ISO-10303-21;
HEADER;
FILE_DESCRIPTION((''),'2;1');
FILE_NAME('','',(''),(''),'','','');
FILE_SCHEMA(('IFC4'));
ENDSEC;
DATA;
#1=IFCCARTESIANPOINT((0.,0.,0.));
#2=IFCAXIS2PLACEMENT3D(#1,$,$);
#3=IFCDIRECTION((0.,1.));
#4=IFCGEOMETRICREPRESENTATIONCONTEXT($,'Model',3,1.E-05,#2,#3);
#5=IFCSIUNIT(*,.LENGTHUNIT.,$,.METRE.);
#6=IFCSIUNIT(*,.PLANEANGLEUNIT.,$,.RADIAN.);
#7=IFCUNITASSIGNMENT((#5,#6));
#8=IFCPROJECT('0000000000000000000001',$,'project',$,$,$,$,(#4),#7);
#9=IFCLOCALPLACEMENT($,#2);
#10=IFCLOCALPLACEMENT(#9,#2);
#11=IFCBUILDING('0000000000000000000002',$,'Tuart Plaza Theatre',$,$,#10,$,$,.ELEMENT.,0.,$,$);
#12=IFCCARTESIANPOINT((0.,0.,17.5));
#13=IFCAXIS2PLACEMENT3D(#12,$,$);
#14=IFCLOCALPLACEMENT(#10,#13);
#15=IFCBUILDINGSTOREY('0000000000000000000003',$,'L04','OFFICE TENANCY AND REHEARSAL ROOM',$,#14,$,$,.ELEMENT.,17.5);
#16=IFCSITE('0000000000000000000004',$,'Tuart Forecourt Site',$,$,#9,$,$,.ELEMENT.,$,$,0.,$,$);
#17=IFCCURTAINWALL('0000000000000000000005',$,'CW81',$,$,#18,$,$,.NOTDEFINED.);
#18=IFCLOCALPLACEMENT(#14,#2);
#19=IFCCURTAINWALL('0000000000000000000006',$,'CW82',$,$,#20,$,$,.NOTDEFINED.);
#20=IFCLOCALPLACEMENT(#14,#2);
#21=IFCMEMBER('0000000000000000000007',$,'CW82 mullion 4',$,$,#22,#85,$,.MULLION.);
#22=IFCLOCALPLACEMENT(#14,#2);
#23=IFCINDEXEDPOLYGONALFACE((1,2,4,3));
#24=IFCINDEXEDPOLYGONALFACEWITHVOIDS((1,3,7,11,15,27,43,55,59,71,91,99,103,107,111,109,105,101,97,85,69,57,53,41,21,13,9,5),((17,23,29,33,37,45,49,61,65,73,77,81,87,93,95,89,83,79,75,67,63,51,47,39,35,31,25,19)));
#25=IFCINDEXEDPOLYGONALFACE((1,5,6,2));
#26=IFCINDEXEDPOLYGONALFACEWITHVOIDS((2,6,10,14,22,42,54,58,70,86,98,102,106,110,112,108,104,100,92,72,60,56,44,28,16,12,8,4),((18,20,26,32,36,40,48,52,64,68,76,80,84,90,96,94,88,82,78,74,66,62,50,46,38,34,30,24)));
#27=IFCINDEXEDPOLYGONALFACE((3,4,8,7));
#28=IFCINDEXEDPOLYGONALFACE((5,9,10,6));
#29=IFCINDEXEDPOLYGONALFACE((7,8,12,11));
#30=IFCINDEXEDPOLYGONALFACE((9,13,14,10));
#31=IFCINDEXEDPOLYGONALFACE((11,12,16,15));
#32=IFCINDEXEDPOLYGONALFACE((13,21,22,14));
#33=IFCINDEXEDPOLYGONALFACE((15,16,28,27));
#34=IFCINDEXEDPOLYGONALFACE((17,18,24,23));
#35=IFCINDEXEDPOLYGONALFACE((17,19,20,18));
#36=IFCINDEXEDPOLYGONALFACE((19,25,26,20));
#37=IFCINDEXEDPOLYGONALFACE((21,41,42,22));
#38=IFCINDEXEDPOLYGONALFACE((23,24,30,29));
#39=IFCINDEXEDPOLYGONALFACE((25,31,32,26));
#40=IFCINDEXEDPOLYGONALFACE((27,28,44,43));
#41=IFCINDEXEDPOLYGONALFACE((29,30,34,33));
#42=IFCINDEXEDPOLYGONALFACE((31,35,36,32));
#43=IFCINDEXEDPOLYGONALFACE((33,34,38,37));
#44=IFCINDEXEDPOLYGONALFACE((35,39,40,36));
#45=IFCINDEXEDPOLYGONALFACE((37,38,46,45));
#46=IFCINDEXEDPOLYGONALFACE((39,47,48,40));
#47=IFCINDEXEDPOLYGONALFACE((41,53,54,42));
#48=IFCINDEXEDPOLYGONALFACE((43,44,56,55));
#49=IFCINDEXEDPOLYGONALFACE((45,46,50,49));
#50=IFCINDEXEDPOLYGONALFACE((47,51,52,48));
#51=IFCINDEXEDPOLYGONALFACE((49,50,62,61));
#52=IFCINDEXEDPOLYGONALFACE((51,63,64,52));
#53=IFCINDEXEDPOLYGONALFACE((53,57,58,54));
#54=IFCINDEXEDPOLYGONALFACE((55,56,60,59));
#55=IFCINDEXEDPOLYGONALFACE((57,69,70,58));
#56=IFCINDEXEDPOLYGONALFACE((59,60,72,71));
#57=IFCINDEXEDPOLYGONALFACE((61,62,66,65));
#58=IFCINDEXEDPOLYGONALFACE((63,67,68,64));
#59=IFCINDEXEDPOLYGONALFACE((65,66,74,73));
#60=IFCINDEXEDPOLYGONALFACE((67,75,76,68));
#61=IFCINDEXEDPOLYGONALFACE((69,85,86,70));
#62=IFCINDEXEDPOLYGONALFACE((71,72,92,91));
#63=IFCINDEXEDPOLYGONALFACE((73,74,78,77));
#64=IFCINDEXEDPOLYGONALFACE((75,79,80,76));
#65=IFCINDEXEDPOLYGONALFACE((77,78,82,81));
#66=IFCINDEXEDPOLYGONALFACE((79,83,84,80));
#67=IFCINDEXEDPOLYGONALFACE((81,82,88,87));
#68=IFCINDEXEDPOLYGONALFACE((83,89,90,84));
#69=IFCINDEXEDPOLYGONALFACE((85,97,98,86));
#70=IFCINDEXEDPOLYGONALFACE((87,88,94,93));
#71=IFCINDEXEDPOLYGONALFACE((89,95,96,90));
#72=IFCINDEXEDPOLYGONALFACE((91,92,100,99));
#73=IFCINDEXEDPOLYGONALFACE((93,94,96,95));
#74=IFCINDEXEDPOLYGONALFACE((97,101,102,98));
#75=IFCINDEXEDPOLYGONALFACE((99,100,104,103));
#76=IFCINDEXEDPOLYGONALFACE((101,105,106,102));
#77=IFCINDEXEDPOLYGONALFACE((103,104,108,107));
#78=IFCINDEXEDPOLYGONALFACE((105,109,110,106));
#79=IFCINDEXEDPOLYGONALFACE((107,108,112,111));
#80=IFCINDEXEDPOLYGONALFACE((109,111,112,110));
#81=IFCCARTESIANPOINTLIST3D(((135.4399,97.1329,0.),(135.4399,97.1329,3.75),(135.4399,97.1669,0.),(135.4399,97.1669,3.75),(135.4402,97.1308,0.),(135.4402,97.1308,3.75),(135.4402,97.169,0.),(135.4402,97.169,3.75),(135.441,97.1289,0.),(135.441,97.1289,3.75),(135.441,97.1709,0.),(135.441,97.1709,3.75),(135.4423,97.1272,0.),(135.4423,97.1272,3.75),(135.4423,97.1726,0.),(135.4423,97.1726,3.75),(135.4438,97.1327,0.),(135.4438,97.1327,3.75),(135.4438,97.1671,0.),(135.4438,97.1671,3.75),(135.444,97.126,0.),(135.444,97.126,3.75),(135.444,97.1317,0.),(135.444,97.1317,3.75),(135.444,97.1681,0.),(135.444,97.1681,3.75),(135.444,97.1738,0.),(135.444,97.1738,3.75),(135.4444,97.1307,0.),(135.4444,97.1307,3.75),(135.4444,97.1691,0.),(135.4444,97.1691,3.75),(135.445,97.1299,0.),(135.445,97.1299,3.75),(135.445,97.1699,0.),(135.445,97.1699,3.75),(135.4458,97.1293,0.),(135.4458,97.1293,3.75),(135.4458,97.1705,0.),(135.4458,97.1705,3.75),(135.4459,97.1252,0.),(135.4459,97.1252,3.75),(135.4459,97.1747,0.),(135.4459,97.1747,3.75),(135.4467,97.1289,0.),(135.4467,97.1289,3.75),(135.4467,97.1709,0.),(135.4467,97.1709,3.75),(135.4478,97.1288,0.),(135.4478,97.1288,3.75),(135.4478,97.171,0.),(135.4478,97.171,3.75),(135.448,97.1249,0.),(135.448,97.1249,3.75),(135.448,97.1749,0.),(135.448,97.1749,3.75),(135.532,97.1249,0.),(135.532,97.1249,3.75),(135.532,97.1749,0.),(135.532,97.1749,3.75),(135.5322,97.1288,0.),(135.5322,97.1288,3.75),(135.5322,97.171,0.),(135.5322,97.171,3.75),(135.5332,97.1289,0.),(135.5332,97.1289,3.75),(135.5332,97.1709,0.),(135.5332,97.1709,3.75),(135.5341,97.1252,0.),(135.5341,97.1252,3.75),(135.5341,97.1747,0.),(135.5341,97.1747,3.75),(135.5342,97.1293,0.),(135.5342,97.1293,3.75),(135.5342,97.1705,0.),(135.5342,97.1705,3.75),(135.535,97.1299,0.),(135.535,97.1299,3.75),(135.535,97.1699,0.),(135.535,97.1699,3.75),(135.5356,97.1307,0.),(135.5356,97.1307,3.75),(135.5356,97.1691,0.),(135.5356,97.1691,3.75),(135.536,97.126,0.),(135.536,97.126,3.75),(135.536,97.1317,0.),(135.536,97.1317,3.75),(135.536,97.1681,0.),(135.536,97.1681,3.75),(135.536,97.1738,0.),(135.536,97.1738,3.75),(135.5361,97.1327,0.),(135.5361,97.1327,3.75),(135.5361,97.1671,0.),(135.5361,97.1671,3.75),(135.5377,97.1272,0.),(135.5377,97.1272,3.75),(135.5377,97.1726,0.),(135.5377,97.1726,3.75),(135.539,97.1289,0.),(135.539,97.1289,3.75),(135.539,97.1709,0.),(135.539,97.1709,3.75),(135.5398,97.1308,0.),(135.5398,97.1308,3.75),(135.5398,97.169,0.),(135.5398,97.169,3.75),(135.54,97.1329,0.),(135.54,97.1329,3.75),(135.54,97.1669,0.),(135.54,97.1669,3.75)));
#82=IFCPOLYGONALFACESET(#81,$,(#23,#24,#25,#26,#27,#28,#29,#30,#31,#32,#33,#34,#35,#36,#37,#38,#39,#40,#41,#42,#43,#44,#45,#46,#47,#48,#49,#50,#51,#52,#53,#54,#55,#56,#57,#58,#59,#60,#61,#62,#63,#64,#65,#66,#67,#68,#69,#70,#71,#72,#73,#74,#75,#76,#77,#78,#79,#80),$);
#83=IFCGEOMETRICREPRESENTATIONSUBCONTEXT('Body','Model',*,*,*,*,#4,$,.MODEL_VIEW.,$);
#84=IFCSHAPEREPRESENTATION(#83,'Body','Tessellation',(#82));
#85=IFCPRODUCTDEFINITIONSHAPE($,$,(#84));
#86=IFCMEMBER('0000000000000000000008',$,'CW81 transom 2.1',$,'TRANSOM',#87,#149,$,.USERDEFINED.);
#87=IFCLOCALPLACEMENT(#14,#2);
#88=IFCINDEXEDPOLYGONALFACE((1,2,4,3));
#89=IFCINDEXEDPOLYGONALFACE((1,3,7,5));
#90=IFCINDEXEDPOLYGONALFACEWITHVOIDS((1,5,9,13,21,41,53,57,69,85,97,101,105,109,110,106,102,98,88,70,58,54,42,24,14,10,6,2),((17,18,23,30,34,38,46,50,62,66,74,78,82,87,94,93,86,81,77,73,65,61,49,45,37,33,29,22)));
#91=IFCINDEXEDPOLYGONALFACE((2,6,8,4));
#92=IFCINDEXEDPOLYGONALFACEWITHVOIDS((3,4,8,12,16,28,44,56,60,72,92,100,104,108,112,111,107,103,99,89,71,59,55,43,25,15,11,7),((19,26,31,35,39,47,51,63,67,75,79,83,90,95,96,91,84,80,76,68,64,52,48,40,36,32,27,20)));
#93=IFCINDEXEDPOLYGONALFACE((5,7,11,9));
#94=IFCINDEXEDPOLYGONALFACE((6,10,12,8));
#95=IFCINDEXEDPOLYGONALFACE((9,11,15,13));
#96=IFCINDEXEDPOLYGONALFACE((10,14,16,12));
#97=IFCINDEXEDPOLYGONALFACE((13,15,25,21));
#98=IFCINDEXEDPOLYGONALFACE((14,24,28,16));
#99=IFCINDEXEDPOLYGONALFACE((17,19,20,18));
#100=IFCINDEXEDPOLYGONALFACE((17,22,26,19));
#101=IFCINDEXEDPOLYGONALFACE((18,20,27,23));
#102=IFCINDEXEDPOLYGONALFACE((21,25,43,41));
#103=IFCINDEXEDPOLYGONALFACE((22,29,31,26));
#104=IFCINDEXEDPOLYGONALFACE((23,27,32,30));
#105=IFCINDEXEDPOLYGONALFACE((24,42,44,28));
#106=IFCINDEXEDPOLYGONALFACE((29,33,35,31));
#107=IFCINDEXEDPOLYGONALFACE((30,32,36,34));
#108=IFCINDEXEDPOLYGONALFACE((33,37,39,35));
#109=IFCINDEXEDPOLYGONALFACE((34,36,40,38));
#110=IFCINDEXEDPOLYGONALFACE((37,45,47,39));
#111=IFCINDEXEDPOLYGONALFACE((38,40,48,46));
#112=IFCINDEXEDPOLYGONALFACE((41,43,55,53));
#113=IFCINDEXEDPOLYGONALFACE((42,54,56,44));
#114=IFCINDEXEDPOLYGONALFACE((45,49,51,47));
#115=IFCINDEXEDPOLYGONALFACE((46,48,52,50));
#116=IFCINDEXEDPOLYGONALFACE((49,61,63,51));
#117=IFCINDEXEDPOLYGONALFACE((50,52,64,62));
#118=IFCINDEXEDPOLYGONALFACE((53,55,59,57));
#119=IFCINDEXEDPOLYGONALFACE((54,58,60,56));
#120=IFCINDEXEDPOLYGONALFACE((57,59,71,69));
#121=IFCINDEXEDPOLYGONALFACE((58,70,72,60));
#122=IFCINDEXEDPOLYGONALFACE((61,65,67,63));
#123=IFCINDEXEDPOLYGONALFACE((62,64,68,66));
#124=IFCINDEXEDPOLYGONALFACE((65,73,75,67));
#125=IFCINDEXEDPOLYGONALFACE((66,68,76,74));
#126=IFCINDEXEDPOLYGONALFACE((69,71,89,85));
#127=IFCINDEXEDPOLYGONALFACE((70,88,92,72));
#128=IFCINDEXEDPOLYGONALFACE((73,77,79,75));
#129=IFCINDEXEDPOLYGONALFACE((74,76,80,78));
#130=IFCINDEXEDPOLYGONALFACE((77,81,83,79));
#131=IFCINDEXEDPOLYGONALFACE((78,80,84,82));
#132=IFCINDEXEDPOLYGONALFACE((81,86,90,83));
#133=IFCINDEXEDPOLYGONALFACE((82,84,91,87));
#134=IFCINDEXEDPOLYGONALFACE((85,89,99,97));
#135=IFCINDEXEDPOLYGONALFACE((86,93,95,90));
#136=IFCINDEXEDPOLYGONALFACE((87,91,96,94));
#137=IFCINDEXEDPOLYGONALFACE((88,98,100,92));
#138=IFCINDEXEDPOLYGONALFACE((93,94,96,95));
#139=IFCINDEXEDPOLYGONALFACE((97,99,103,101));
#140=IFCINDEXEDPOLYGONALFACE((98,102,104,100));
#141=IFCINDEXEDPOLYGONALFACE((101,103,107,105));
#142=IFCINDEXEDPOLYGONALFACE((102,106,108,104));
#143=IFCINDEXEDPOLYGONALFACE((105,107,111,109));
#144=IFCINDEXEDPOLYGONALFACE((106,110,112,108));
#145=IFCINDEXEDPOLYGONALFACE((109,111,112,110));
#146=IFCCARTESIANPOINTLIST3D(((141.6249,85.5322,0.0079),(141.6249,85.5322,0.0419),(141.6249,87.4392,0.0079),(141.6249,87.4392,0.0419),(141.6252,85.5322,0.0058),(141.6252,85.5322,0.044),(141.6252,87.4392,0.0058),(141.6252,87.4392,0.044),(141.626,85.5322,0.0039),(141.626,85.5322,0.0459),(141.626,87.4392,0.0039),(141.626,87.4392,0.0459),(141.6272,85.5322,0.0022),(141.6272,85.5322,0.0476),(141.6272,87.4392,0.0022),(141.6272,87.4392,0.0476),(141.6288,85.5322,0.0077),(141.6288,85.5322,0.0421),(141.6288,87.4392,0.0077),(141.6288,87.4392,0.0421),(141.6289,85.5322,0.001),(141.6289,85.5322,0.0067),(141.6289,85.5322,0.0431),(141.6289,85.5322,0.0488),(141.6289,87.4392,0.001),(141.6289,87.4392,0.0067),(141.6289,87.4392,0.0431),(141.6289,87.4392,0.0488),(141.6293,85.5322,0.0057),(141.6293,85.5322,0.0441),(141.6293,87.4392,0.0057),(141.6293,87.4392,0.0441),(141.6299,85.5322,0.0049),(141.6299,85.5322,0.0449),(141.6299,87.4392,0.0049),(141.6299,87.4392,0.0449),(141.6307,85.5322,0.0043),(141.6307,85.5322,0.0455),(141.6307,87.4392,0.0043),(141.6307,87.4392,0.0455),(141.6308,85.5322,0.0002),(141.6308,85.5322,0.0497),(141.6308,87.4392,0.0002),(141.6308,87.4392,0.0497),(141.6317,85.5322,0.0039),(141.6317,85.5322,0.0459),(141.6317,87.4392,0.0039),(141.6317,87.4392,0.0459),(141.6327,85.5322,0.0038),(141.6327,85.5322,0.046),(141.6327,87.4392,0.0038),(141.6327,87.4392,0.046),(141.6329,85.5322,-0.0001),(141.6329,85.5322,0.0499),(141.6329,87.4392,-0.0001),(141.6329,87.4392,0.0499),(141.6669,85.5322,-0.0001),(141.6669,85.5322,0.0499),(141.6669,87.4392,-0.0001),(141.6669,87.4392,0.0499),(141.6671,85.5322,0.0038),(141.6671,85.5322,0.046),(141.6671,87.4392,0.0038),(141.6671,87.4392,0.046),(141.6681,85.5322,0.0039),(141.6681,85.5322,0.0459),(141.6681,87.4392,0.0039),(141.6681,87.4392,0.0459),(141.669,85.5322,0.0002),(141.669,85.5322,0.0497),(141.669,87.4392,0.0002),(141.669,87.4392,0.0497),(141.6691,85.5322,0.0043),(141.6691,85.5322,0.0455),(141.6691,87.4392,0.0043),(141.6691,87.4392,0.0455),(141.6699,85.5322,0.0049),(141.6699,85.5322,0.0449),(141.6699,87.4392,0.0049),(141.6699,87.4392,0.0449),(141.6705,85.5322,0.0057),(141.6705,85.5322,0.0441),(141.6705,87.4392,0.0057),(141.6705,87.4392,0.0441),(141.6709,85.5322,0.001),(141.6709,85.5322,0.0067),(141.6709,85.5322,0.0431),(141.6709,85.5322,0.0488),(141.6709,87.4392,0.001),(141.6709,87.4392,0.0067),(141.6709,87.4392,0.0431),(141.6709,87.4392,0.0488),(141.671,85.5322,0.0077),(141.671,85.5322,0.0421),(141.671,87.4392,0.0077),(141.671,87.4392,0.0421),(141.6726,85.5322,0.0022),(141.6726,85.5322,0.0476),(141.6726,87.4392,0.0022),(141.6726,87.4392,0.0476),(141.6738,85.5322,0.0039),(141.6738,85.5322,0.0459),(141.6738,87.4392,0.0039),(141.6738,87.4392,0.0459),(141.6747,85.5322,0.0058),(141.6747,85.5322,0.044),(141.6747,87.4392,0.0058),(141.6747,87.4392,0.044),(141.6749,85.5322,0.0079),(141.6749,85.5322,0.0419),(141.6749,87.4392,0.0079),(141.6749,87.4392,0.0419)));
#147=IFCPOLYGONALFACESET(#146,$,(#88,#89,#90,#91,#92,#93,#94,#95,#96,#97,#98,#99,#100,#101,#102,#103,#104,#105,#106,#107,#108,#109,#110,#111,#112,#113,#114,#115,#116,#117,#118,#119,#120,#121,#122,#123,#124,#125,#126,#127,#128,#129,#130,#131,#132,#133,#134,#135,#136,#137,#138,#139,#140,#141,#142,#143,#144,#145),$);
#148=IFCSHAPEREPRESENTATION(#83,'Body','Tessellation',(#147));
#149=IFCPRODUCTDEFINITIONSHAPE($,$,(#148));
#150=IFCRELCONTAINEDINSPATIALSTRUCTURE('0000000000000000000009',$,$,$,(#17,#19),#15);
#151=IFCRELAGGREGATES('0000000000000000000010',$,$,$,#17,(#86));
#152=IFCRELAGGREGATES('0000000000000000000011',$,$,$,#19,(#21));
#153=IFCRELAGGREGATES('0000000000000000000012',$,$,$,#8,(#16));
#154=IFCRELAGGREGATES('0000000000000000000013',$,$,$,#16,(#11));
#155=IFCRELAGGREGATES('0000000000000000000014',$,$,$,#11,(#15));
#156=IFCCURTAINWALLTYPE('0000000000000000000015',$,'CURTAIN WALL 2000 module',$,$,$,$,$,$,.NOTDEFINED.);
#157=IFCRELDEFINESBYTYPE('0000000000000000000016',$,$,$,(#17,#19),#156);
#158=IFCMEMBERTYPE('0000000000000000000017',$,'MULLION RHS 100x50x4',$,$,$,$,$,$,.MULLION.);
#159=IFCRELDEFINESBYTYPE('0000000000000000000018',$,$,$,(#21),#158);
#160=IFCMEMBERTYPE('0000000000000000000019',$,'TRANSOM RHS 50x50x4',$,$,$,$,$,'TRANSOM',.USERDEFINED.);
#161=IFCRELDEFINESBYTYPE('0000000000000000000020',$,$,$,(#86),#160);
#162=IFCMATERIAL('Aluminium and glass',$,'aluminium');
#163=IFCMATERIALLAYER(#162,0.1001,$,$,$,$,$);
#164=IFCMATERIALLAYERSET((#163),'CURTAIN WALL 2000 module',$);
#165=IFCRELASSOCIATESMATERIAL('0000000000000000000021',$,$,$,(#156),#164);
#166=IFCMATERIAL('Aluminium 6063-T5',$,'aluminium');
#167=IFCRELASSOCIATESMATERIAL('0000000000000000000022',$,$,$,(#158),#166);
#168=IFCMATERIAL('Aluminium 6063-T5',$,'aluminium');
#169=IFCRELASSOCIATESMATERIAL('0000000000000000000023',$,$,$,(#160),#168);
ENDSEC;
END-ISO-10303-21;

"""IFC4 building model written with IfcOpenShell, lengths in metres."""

from ifc_helpers import new_model, si_unit, direction, frame, origin, origin_2d, place, context, subcontext, project, spatial, hollow_rectangle, extrude, material, layer, layer_set, material_profile, profile_set, type_object, element, aggregate, save


model = new_model("IFC4")

# Units and contexts
model_context = context("Model", 3, precision=1e-05, world=origin(), true_north=direction((0.0, 1.0)))
body_context = subcontext(model_context, "Body", "Model", "MODEL_VIEW")
ifc_project = project(units=[si_unit("LENGTHUNIT", "METRE"), si_unit("PLANEANGLEUNIT", "RADIAN")], contexts=[model_context])

# Site, building, storey
site_placement = place(None, origin())
site = spatial("IfcSite", under=ifc_project, at=site_placement, Name="Tuart Forecourt Site", CompositionType="ELEMENT", RefElevation=0.0)
building_placement = place(site_placement, origin())
building = spatial("IfcBuilding", under=site, at=building_placement, Name="Tuart Plaza Theatre", CompositionType="ELEMENT", ElevationOfRefHeight=0.0)
storey_placement = place(building_placement, frame((0.0, 0.0, 17.5)))
storey = spatial("IfcBuildingStorey", under=building, at=storey_placement, Name="L04", Description="OFFICE TENANCY AND REHEARSAL ROOM", CompositionType="ELEMENT", Elevation=17.5)

# Curtain wall
ifc_material_1 = material(Name="Aluminium and glass", Category="aluminium")
ifc_layer_1 = layer(ifc_material_1, 0.1001)
ifc_layer_set_1 = layer_set([ifc_layer_1], Name="CURTAIN WALL 2000 module")
curtain_wall_type = type_object("IfcCurtainWallType", Name="CURTAIN WALL 2000 module", PredefinedType="NOTDEFINED", material=ifc_layer_set_1)
curtain_wall_1_placement = place(storey_placement, origin())
curtain_wall_1 = element("IfcCurtainWall", 1, at=curtain_wall_1_placement, inside=storey, type_object=curtain_wall_type, Name="CW81", PredefinedType="NOTDEFINED")
ifc_material_2 = material(Name="Aluminium 6063-T5", Category="aluminium")
ifc_material_profile_1 = material_profile(ifc_material_2, hollow_rectangle(XDim=0.05, YDim=0.1001, WallThickness=0.0039, InnerFilletRadius=0.0039, OuterFilletRadius=0.0081, at=origin_2d()), Name="RHS 100x50x4")
ifc_profile_set_1 = profile_set([ifc_material_profile_1], Name="Aluminium 6063-T5")
member_type_1 = type_object("IfcMemberType", Name="MULLION RHS 100x50x4", PredefinedType="MULLION", material=ifc_profile_set_1)

# Curtain wall, member
curtain_wall_2_placement = place(storey_placement, origin())
curtain_wall_2 = element("IfcCurtainWall", 2, at=curtain_wall_2_placement, inside=storey, type_object=curtain_wall_type, Name="CW82", PredefinedType="NOTDEFINED")
member_1_placement = place(storey_placement, frame((135.49, 97.1499, 0.0), z_axis=(0.0, 0.0, 1.0), x_axis=(0.0, -1.0, 0.0)))
member_1 = element("IfcMember", 3, at=member_1_placement, type_object=member_type_1, Name="CW82 mullion 4", PredefinedType="MULLION", context=body_context, shape_type="SweptSolid", body=[
    extrude(hollow_rectangle(XDim=0.05, YDim=0.1001, WallThickness=0.0039, InnerFilletRadius=0.0039, OuterFilletRadius=0.0081, at=origin_2d()), origin(), (0.0, 0.0, 1.0), 3.75),
])

# Member
ifc_material_3 = material(Name="Aluminium 6063-T5", Category="aluminium")
ifc_material_profile_2 = material_profile(ifc_material_3, hollow_rectangle(XDim=0.05, YDim=0.05, WallThickness=0.0039, InnerFilletRadius=0.0039, OuterFilletRadius=0.0081, at=origin_2d()), Name="RHS 50x50x4")
ifc_profile_set_2 = profile_set([ifc_material_profile_2], Name="Aluminium 6063-T5")
member_type_2 = type_object("IfcMemberType", Name="TRANSOM RHS 50x50x4", ElementType="TRANSOM", PredefinedType="USERDEFINED", material=ifc_profile_set_2)
member_2_placement = place(storey_placement, frame((141.6499, 85.5322, 0.0249), z_axis=(0.0, 1.0, 0.0), x_axis=(-1.0, 0.0, 0.0)))
member_2 = element("IfcMember", 4, at=member_2_placement, type_object=member_type_2, Name="CW81 transom 2.1", ObjectType="TRANSOM", PredefinedType="USERDEFINED", context=body_context, shape_type="SweptSolid", body=[
    extrude(hollow_rectangle(XDim=0.05, YDim=0.05, WallThickness=0.0039, InnerFilletRadius=0.0039, OuterFilletRadius=0.0081, at=origin_2d()), origin(), (0.0, 0.0, 1.0), 1.907),
])
aggregate(curtain_wall_1, [member_2])

aggregate(curtain_wall_2, [member_1])

save(model, "model.ifc")
